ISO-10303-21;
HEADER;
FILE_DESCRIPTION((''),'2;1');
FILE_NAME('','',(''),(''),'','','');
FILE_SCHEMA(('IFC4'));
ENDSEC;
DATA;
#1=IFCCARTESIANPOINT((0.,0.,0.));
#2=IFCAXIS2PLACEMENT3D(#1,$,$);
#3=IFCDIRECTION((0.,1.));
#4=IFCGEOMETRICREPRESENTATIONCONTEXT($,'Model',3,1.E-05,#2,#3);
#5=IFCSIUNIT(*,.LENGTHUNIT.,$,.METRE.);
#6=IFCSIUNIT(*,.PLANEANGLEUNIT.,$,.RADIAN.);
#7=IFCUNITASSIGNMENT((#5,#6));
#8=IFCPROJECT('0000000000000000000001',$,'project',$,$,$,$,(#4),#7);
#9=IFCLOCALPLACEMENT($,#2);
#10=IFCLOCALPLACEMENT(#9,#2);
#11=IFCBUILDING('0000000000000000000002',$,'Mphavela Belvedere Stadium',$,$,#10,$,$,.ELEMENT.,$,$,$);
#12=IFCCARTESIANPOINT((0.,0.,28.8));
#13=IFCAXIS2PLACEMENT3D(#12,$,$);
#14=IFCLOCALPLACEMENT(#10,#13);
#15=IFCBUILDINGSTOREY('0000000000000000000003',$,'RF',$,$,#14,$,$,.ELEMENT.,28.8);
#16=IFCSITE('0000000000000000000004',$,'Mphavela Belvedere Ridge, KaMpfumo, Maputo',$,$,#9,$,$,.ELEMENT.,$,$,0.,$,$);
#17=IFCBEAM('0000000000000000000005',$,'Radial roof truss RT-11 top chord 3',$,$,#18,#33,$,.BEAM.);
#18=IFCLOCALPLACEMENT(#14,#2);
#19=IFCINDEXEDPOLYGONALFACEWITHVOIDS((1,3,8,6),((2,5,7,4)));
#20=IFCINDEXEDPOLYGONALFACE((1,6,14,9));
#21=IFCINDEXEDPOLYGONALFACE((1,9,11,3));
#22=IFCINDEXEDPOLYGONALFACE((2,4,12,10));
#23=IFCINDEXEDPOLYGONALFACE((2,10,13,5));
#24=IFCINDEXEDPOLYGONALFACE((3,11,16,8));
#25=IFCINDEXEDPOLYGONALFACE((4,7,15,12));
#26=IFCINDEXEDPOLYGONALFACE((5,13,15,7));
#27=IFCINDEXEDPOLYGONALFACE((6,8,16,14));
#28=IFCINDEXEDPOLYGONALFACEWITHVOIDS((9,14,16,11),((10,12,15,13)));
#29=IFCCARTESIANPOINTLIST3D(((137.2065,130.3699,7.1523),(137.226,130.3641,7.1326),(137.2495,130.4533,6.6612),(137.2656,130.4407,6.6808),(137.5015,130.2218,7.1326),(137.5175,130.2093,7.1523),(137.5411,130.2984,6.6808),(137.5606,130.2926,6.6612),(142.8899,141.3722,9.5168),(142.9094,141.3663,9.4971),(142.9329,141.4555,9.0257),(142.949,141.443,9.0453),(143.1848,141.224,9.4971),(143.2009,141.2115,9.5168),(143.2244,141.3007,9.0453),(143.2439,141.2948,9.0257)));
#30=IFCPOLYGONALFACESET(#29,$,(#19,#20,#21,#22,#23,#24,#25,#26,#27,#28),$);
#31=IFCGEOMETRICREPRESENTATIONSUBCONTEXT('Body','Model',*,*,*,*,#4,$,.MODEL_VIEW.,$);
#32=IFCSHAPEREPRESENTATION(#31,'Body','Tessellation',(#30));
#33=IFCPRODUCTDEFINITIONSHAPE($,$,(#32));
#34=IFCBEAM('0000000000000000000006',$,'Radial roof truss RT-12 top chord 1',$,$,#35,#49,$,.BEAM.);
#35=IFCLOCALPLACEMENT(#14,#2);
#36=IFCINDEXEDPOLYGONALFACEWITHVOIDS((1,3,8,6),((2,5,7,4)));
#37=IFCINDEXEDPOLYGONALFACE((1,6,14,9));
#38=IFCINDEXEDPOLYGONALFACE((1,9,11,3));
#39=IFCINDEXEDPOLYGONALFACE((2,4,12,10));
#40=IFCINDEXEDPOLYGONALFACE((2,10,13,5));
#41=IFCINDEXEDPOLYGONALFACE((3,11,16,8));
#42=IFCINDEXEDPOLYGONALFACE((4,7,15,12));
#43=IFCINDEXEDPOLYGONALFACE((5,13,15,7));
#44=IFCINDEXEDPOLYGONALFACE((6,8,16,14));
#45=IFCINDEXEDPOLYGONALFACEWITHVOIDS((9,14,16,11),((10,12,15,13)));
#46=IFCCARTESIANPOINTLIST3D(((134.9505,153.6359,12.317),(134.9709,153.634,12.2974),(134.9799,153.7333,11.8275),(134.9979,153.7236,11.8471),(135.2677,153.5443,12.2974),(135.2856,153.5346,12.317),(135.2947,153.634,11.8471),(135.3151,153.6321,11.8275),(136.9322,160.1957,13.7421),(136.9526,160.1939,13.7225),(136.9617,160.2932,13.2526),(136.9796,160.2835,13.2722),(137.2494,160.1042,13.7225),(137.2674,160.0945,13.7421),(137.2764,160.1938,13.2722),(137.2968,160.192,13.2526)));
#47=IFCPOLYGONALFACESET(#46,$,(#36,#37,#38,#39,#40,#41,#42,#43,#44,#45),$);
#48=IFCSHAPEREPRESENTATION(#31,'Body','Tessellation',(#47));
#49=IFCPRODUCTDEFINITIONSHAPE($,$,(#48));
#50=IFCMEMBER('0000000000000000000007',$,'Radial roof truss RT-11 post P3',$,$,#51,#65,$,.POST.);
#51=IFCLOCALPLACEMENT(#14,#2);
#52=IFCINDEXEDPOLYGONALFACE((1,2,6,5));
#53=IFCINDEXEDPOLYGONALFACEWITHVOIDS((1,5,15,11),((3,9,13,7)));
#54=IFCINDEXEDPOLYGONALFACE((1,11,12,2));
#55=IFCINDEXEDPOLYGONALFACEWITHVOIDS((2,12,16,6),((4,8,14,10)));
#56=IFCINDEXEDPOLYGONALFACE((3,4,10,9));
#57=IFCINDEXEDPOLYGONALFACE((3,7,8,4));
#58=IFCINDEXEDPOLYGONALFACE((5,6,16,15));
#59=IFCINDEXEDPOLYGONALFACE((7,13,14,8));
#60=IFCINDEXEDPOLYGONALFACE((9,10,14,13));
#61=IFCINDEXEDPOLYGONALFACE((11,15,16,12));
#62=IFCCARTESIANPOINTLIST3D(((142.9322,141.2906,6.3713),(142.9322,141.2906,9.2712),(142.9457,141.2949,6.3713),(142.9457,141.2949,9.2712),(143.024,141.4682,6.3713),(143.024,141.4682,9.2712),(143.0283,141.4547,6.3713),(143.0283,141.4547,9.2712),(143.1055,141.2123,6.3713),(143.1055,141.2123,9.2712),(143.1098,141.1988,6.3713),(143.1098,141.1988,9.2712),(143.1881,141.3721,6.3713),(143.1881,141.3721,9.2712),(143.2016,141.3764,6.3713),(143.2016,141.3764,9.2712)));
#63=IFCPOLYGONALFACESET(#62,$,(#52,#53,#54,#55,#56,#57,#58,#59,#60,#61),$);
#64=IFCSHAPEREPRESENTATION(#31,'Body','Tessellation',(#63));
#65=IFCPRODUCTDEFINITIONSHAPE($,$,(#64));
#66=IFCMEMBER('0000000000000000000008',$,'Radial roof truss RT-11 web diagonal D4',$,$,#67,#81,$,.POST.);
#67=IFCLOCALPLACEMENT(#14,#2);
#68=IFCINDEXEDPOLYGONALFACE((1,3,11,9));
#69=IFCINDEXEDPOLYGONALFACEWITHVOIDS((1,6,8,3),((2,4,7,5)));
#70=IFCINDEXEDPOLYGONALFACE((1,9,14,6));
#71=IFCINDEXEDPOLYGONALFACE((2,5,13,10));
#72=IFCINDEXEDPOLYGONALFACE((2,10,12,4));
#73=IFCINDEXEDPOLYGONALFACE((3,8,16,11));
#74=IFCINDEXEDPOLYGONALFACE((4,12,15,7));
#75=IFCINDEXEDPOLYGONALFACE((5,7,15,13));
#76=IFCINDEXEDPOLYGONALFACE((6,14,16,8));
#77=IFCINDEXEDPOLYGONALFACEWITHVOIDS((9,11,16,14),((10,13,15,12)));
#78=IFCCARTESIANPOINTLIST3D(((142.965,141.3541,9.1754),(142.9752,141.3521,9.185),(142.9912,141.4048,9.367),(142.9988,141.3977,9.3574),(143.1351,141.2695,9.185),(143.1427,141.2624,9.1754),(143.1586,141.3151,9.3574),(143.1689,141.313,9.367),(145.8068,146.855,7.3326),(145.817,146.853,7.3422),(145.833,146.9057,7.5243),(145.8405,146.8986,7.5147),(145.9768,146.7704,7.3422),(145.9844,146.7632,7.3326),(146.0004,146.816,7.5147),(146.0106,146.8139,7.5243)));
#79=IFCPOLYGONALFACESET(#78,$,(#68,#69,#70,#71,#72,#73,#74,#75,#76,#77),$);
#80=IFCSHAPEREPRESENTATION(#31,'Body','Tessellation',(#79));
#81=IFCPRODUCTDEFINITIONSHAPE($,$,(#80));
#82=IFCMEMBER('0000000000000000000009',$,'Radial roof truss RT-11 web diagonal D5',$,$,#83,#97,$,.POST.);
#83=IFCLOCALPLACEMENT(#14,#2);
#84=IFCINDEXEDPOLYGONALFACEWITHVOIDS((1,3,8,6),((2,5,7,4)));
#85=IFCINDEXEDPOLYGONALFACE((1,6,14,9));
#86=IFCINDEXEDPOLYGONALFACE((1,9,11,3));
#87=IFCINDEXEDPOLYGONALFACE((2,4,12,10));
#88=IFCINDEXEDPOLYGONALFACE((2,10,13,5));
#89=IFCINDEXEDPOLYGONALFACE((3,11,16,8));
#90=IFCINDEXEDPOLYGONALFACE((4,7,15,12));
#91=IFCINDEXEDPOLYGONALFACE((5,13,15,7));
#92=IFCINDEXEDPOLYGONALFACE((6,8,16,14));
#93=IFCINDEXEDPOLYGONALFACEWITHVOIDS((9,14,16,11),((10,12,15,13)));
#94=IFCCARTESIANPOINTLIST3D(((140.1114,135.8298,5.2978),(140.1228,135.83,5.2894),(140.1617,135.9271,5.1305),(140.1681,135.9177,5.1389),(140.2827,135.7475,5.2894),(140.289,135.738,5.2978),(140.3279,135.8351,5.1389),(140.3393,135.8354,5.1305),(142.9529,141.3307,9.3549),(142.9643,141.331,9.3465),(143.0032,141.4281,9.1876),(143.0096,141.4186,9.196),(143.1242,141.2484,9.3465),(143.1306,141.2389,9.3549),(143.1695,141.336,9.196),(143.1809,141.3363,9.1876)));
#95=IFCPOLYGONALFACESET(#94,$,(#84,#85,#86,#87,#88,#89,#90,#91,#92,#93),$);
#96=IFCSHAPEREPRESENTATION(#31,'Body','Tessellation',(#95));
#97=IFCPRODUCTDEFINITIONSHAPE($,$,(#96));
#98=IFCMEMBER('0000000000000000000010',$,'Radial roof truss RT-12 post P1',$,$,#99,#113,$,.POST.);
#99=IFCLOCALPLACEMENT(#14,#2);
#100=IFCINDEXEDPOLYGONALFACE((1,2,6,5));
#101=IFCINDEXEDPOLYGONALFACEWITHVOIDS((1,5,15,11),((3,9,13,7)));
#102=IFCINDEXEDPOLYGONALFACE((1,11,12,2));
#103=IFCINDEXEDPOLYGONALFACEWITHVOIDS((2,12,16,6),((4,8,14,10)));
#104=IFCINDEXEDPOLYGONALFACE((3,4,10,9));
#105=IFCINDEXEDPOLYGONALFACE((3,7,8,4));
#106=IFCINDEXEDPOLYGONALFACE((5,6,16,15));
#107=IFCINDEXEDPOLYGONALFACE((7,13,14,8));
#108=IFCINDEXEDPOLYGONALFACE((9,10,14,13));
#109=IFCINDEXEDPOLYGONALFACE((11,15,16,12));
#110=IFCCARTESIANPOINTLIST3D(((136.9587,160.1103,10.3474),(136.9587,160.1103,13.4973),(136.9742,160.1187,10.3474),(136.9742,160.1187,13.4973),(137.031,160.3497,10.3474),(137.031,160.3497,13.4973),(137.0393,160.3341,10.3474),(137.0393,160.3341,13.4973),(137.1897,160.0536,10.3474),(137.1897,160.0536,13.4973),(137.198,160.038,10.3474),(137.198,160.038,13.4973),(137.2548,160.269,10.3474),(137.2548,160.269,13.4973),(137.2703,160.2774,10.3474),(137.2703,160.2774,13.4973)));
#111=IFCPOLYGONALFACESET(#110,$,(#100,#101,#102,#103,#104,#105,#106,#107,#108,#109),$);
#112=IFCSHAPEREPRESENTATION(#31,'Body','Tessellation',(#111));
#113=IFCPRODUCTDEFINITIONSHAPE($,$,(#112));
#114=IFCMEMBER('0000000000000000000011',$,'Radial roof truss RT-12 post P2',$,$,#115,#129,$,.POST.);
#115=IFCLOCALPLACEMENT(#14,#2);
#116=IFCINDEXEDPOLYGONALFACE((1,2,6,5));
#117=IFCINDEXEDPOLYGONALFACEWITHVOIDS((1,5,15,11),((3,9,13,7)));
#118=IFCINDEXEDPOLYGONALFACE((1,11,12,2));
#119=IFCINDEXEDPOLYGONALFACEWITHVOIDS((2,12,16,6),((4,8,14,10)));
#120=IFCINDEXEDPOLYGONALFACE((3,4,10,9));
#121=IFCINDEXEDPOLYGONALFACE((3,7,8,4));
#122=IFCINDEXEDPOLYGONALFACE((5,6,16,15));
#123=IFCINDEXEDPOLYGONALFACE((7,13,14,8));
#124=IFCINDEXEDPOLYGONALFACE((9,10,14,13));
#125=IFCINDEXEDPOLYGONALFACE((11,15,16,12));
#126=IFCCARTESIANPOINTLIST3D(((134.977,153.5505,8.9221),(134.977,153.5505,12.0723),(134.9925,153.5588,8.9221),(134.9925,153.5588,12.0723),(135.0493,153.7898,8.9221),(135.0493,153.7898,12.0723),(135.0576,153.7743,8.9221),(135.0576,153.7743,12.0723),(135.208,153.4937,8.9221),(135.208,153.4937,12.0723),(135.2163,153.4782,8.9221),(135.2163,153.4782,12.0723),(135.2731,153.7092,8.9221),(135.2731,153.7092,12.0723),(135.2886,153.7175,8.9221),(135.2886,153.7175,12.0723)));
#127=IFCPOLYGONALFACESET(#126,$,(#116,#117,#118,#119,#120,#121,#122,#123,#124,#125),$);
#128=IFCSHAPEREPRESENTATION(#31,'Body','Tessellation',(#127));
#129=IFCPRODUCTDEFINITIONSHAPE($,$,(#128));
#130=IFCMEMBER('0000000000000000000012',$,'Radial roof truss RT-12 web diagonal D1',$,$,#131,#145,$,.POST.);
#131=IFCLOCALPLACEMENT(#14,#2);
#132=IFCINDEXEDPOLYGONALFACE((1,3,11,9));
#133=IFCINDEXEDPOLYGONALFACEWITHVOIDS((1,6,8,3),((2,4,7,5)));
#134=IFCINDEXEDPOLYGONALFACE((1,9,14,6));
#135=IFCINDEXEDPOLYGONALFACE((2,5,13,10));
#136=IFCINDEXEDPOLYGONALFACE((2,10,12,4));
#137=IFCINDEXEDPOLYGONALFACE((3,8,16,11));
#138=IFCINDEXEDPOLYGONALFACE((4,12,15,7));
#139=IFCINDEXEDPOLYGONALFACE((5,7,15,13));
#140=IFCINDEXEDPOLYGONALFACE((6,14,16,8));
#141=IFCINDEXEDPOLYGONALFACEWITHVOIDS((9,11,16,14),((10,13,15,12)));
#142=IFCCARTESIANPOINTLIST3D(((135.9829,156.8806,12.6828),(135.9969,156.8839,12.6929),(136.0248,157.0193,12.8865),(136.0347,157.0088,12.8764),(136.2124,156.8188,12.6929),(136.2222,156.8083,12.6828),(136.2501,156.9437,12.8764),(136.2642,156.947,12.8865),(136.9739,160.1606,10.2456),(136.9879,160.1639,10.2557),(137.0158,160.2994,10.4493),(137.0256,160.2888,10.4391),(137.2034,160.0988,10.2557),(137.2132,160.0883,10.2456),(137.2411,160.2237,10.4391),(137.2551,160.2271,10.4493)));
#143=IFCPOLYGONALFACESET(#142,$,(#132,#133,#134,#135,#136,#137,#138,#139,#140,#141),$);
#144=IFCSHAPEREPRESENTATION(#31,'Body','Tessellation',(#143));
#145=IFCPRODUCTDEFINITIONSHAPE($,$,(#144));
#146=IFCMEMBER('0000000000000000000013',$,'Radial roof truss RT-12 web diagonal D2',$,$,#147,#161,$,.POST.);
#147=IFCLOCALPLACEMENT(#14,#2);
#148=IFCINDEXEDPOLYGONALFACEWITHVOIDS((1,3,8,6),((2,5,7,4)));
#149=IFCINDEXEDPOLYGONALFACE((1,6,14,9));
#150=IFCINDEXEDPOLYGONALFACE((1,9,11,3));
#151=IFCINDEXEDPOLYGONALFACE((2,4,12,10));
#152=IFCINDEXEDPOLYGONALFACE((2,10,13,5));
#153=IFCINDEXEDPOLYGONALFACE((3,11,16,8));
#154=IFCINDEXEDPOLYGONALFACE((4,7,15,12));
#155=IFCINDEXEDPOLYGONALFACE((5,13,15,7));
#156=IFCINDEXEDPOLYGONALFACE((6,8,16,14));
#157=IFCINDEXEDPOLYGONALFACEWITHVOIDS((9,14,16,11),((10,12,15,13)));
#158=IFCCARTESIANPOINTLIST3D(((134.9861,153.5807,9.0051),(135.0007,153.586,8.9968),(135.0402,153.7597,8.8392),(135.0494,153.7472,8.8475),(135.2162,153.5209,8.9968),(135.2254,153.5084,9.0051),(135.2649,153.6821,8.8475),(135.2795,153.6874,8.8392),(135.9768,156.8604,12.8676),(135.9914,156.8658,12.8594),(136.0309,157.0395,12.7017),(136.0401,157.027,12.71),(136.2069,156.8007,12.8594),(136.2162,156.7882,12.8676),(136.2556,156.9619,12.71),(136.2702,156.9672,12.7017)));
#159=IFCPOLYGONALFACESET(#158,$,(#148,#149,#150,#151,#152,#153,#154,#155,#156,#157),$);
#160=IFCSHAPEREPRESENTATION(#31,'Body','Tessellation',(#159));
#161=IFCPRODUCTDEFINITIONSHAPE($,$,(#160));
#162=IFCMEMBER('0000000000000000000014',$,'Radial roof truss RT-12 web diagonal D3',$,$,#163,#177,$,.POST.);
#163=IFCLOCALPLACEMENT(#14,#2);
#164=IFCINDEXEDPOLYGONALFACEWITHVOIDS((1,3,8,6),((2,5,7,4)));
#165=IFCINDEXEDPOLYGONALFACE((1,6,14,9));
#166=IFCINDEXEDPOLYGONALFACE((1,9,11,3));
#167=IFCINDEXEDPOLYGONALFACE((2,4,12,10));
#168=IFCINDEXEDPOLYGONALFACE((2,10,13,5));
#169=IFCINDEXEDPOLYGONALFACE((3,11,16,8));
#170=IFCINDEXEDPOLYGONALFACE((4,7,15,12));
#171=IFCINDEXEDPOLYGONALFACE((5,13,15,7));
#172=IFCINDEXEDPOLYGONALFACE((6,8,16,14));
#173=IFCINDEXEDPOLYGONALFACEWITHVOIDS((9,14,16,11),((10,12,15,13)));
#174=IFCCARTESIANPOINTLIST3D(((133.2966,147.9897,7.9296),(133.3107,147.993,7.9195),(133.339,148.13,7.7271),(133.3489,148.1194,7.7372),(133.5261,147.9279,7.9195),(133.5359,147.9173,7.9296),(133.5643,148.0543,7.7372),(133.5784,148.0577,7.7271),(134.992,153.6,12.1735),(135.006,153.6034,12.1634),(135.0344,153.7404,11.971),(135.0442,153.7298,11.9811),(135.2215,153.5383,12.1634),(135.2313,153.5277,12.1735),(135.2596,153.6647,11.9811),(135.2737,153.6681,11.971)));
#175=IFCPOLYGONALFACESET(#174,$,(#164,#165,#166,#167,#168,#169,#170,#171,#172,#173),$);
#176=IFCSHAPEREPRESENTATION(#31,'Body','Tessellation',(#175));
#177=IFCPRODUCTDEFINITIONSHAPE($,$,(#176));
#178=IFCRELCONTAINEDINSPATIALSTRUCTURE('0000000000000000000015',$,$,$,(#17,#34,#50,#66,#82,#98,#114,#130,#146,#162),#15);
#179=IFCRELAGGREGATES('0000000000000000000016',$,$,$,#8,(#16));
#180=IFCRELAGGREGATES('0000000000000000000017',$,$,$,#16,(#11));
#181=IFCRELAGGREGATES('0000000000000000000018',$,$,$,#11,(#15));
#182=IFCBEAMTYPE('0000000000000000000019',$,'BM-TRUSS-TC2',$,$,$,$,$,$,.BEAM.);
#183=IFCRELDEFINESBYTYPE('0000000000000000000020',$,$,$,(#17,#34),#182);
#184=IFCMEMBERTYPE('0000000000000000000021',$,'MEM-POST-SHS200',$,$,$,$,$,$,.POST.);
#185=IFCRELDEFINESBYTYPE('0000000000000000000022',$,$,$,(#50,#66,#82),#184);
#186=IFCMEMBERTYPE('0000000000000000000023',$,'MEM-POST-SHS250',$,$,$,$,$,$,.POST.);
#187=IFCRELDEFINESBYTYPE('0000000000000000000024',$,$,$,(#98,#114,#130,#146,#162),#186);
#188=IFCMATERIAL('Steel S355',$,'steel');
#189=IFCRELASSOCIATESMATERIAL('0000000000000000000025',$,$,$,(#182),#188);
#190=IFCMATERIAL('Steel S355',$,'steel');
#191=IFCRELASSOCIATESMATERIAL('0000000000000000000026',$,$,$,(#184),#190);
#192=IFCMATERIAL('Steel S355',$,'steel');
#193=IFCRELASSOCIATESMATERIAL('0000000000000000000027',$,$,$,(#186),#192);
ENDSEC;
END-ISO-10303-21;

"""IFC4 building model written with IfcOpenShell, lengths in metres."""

from ifc_helpers import new_model, si_unit, direction, frame, origin, origin_2d, place, context, subcontext, project, spatial, hollow_rectangle, extrude, material, material_profile, profile_set, type_object, element, save


model = new_model("IFC4")

# Units and contexts
model_context = context("Model", 3, precision=1e-05, world=origin(), true_north=direction((0.0, 1.0)))
body_context = subcontext(model_context, "Body", "Model", "MODEL_VIEW")
ifc_project = project(units=[si_unit("LENGTHUNIT", "METRE"), si_unit("PLANEANGLEUNIT", "RADIAN")], contexts=[model_context])

# Site, building, storey
site_placement = place(None, origin())
site = spatial("IfcSite", under=ifc_project, at=site_placement, Name="Mphavela Belvedere Ridge, KaMpfumo, Maputo", CompositionType="ELEMENT", RefElevation=0.0)
building_placement = place(site_placement, origin())
building = spatial("IfcBuilding", under=site, at=building_placement, Name="Mphavela Belvedere Stadium", CompositionType="ELEMENT")
storey_placement = place(building_placement, frame((0.0, 0.0, 28.8)))
storey = spatial("IfcBuildingStorey", under=building, at=storey_placement, Name="RF", CompositionType="ELEMENT", Elevation=28.8)

# Beams
ifc_material_1 = material(Name="Steel S355", Category="steel")
ifc_material_profile_1 = material_profile(ifc_material_1, hollow_rectangle(XDim=0.3501, YDim=0.5, WallThickness=0.02, at=origin_2d()), Name="RHS 500x350x20")
ifc_profile_set_1 = profile_set([ifc_material_profile_1], Name="Steel S355")
beam_type_1 = type_object("IfcBeamType", Name="BM-TRUSS-TC2", PredefinedType="BEAM", material=ifc_profile_set_1)
beam_1_placement = place(storey_placement, frame((143.0669, 141.3335, 9.2712), z_axis=(-0.450804, -0.872697, -0.187553), x_axis=(0.888463, -0.458949, 0.0)))
element("IfcBeam", 1, at=beam_1_placement, inside=storey, type_object=beam_type_1, Name="Radial roof truss RT-11 top chord 3", PredefinedType="BEAM", context=body_context, shape_type="SweptSolid", body=[
    extrude(hollow_rectangle(XDim=0.3501, YDim=0.5, WallThickness=0.02, at=origin_2d()), origin(), (0.0, 0.0, 1.0), 12.6072),
])
beam_2_placement = place(storey_placement, frame((137.1145, 160.1938, 13.4973), z_axis=(-0.28313, -0.937221, -0.203601), x_axis=(0.957272, -0.289188, 0.0)))
element("IfcBeam", 2, at=beam_2_placement, inside=storey, type_object=beam_type_1, Name="Radial roof truss RT-12 top chord 1", PredefinedType="BEAM", context=body_context, shape_type="SweptSolid", body=[
    extrude(hollow_rectangle(XDim=0.3501, YDim=0.5, WallThickness=0.02, at=origin_2d()), origin(), (0.0, 0.0, 1.0), 6.9993),
])

# Members
ifc_material_2 = material(Name="Steel S355", Category="steel")
ifc_material_profile_2 = material_profile(ifc_material_2, hollow_rectangle(XDim=0.2, YDim=0.2, WallThickness=0.01, at=origin_2d()), Name="SHS 200x200x10")
ifc_profile_set_2 = profile_set([ifc_material_profile_2], Name="Steel S355")
member_type_1 = type_object("IfcMemberType", Name="MEM-POST-SHS200", PredefinedType="POST", material=ifc_profile_set_2)
member_1_placement = place(storey_placement, frame((143.0669, 141.3335, 6.3713), z_axis=(0.0, 0.0, 1.0), x_axis=(0.45896, 0.888457, 0.0)))
element("IfcMember", 3, at=member_1_placement, inside=storey, type_object=member_type_1, Name="Radial roof truss RT-11 post P3", PredefinedType="POST", context=body_context, shape_type="SweptSolid", body=[
    extrude(hollow_rectangle(XDim=0.2, YDim=0.2, WallThickness=0.01, at=origin_2d()), origin(), (0.0, 0.0, 1.0), 2.8999),
])
member_2_placement = place(storey_placement, frame((145.9087, 146.8345, 7.4285), z_axis=(-0.439903, -0.851537, 0.285256), x_axis=(0.888451, -0.458972, 0.0)))
element("IfcMember", 4, at=member_2_placement, inside=storey, type_object=member_type_1, Name="Radial roof truss RT-11 web diagonal D4", PredefinedType="POST", context=body_context, shape_type="SweptSolid", body=[
    extrude(hollow_rectangle(XDim=0.2, YDim=0.2, WallThickness=0.01, at=origin_2d()), origin(), (0.0, 0.0, 1.0), 6.46),
])
member_3_placement = place(storey_placement, frame((143.0669, 141.3335, 9.2712), z_axis=(-0.383869, -0.743135, -0.548083), x_axis=(0.888467, -0.458941, 0.0)))
element("IfcMember", 5, at=member_3_placement, inside=storey, type_object=member_type_1, Name="Radial roof truss RT-11 web diagonal D5", PredefinedType="POST", context=body_context, shape_type="SweptSolid", body=[
    extrude(hollow_rectangle(XDim=0.2, YDim=0.2, WallThickness=0.01, at=origin_2d()), origin(), (0.0, 0.0, 1.0), 7.4023),
])
ifc_material_3 = material(Name="Steel S355", Category="steel")
ifc_material_profile_3 = material_profile(ifc_material_3, hollow_rectangle(XDim=0.25, YDim=0.25, WallThickness=0.0125, at=origin_2d()), Name="SHS 250x250x12.5")
ifc_profile_set_3 = profile_set([ifc_material_profile_3], Name="Steel S355")
member_type_2 = type_object("IfcMemberType", Name="MEM-POST-SHS250", PredefinedType="POST", material=ifc_profile_set_3)
member_4_placement = place(storey_placement, frame((137.1145, 160.1938, 10.3474), z_axis=(0.0, 0.0, 1.0), x_axis=(0.289199, 0.957269, 0.0)))
element("IfcMember", 6, at=member_4_placement, inside=storey, type_object=member_type_2, Name="Radial roof truss RT-12 post P1", PredefinedType="POST", context=body_context, shape_type="SweptSolid", body=[
    extrude(hollow_rectangle(XDim=0.25, YDim=0.25, WallThickness=0.0125, at=origin_2d()), origin(), (0.0, 0.0, 1.0), 3.1499),
])
member_5_placement = place(storey_placement, frame((135.1328, 153.634, 8.9221), z_axis=(0.0, 0.0, 1.0), x_axis=(0.289199, 0.957269, 0.0)))
element("IfcMember", 7, at=member_5_placement, inside=storey, type_object=member_type_2, Name="Radial roof truss RT-12 post P2", PredefinedType="POST", context=body_context, shape_type="SweptSolid", body=[
    extrude(hollow_rectangle(XDim=0.25, YDim=0.25, WallThickness=0.0125, at=origin_2d()), origin(), (0.0, 0.0, 1.0), 3.1501),
])
member_6_placement = place(storey_placement, frame((137.1145, 160.1938, 10.3474), z_axis=(-0.235672, -0.780057, 0.579629), x_axis=(0.957266, -0.28921, 0.0)))
element("IfcMember", 8, at=member_6_placement, inside=storey, type_object=member_type_2, Name="Radial roof truss RT-12 web diagonal D1", PredefinedType="POST", context=body_context, shape_type="SweptSolid", body=[
    extrude(hollow_rectangle(XDim=0.25, YDim=0.25, WallThickness=0.0125, at=origin_2d()), origin(), (0.0, 0.0, 1.0), 4.2048),
])
member_7_placement = place(storey_placement, frame((136.1235, 156.9138, 12.7847), z_axis=(-0.191885, -0.635233, -0.748104), x_axis=(0.957279, -0.289165, 0.0)))
element("IfcMember", 9, at=member_7_placement, inside=storey, type_object=member_type_2, Name="Radial roof truss RT-12 web diagonal D2", PredefinedType="POST", context=body_context, shape_type="SweptSolid", body=[
    extrude(hollow_rectangle(XDim=0.25, YDim=0.25, WallThickness=0.0125, at=origin_2d()), origin(), (0.0, 0.0, 1.0), 5.1631),
])
member_8_placement = place(storey_placement, frame((135.1328, 153.634, 12.0723), z_axis=(-0.234286, -0.775331, -0.586491), x_axis=(0.957251, -0.289258, 0.0)))
element("IfcMember", 10, at=member_8_placement, inside=storey, type_object=member_type_2, Name="Radial roof truss RT-12 web diagonal D3", PredefinedType="POST", context=body_context, shape_type="SweptSolid", body=[
    extrude(hollow_rectangle(XDim=0.25, YDim=0.25, WallThickness=0.0125, at=origin_2d()), origin(), (0.0, 0.0, 1.0), 7.2361),
])

save(model, "model.ifc")
